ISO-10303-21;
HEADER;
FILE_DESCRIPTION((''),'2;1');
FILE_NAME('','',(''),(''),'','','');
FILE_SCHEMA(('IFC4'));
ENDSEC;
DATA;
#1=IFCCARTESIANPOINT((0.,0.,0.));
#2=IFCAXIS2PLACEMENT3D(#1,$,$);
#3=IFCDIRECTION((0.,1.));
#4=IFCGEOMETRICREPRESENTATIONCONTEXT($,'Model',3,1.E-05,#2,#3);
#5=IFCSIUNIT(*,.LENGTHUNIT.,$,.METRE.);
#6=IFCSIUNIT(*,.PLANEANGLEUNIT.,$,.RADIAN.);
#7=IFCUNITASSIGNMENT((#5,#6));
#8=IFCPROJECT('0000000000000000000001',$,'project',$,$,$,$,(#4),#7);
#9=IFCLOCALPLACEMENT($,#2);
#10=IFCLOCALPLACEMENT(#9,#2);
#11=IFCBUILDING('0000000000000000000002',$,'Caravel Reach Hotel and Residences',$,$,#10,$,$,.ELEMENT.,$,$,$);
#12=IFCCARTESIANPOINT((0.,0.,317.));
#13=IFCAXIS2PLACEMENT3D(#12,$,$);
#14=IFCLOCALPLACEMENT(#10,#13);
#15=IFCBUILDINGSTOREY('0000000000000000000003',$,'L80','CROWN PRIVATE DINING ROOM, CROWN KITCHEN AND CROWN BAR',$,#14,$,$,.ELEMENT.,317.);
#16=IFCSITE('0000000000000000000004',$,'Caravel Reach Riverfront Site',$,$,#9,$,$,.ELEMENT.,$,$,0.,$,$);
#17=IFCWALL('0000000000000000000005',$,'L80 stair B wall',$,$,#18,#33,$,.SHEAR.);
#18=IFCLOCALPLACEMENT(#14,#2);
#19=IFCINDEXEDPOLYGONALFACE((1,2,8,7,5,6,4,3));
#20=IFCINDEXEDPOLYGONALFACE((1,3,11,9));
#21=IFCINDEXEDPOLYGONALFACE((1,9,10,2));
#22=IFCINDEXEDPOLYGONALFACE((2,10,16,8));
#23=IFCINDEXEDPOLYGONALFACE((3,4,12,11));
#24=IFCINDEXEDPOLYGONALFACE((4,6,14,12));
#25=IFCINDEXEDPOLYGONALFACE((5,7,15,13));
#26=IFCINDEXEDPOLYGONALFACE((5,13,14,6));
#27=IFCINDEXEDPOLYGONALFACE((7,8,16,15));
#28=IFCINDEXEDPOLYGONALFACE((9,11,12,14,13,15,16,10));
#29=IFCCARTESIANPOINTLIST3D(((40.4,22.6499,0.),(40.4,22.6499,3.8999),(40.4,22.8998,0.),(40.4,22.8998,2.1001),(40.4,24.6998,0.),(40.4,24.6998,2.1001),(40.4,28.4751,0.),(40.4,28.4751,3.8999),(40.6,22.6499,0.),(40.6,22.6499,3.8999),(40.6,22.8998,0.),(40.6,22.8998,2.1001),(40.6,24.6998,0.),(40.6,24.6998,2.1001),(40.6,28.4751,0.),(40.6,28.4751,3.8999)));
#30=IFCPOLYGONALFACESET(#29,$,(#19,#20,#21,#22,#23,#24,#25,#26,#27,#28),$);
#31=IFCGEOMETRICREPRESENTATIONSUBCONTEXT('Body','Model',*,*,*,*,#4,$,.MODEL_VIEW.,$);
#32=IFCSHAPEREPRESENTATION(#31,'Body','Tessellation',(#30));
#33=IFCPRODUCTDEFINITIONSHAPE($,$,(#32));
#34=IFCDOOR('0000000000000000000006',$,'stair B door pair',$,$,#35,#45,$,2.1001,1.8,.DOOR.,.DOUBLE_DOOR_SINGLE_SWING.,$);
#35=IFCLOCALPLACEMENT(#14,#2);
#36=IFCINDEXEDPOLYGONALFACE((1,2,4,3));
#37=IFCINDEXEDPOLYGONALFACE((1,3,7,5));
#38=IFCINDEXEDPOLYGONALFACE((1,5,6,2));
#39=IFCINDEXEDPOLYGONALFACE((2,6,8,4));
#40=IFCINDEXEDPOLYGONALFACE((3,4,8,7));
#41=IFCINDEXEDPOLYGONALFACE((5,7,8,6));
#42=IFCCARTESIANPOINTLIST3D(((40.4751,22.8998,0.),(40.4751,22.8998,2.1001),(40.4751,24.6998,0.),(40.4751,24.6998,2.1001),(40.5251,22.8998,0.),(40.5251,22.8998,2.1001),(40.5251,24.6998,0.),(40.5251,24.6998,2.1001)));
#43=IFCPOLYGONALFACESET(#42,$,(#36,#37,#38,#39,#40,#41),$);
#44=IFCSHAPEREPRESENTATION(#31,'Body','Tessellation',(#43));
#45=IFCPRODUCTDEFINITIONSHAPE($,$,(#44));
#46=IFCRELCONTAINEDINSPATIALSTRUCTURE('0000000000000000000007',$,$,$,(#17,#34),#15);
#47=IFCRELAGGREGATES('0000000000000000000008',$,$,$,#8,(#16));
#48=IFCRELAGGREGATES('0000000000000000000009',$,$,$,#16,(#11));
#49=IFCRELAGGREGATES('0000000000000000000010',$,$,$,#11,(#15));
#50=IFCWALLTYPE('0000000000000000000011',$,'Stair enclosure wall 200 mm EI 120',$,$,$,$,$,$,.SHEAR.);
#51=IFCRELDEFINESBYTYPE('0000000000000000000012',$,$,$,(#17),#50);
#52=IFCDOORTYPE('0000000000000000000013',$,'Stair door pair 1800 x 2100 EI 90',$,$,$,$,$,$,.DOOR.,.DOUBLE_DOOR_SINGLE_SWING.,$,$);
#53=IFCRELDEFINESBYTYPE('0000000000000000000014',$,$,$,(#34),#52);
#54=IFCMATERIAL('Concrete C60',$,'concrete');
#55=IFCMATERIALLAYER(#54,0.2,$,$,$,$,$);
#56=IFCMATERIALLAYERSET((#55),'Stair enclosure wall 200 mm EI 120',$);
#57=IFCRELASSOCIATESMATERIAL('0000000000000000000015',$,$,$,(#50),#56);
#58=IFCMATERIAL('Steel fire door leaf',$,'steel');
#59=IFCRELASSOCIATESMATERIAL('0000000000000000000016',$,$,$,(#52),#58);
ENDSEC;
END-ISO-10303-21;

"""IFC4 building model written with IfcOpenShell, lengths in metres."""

from ifc_helpers import new_model, si_unit, direction, frame, frame_2d, origin, place, context, subcontext, project, spatial, rectangle, extrude, material, layer, layer_set, type_object, element, fill, save


model = new_model("IFC4")

# Units and contexts
model_context = context("Model", 3, precision=1e-05, world=origin(), true_north=direction((0.0, 1.0)))
body_context = subcontext(model_context, "Body", "Model", "MODEL_VIEW")
ifc_project = project(units=[si_unit("LENGTHUNIT", "METRE"), si_unit("PLANEANGLEUNIT", "RADIAN")], contexts=[model_context])

# Site, building, storey
site_placement = place(None, origin())
site = spatial("IfcSite", under=ifc_project, at=site_placement, Name="Caravel Reach Riverfront Site", CompositionType="ELEMENT", RefElevation=0.0)
building_placement = place(site_placement, origin())
building = spatial("IfcBuilding", under=site, at=building_placement, Name="Caravel Reach Hotel and Residences", CompositionType="ELEMENT")
storey_placement = place(building_placement, frame((0.0, 0.0, 317.0)))
storey = spatial("IfcBuildingStorey", under=building, at=storey_placement, Name="L80", Description="CROWN PRIVATE DINING ROOM, CROWN KITCHEN AND CROWN BAR", CompositionType="ELEMENT", Elevation=317.0)

# Wall, opening, door
ifc_material_1 = material(Name="Concrete C60", Category="concrete")
ifc_layer_1 = layer(ifc_material_1, 0.2)
ifc_layer_set_1 = layer_set([ifc_layer_1], Name="Stair enclosure wall 200 mm EI 120")
wall_type_1 = type_object("IfcWallType", Name="Stair enclosure wall 200 mm EI 120", PredefinedType="SHEAR", material=ifc_layer_set_1)
wall_1_placement = place(storey_placement, frame((40.5, 22.6499, 0.0), z_axis=(0.0, 0.0, 1.0), x_axis=(0.0, 1.0, 0.0)))
wall_1 = element("IfcWall", 1, at=wall_1_placement, inside=storey, type_object=wall_type_1, Name="L80 stair B wall", PredefinedType="SHEAR", context=body_context, shape_type="SweptSolid", body=[
    extrude(rectangle(XDim=5.8252, YDim=0.2, at=frame_2d((2.9126, 0.0))), origin(), (0.0, 0.0, 1.0), 3.8999),
])
opening_1_placement = place(wall_1_placement, frame((0.25, 0.0, 0.0)))
opening_1 = element("IfcOpeningElement", 2, at=opening_1_placement, cuts=wall_1, PredefinedType="OPENING", context=body_context, shape_type="SweptSolid", body=[
    extrude(rectangle(XDim=1.8, YDim=2.1001, at=frame_2d((0.8999, 1.05))), frame((0.0, 0.1099, 0.0), z_axis=(0.0, -1.0, 0.0), x_axis=(1.0, 0.0, 0.0)), (0.0, 0.0, 1.0), 0.22),
])
ifc_material_2 = material(Name="Steel fire door leaf", Category="steel")
door_type_1 = type_object("IfcDoorType", Name="Stair door pair 1800 x 2100 EI 90", OperationType="DOUBLE_DOOR_SINGLE_SWING", PredefinedType="DOOR", material=ifc_material_2)
door_1_placement = place(opening_1_placement, origin())
door_1 = element("IfcDoor", 3, at=door_1_placement, inside=storey, type_object=door_type_1, Name="stair B door pair", OperationType="DOUBLE_DOOR_SINGLE_SWING", OverallHeight=2.1001, OverallWidth=1.8, PredefinedType="DOOR", context=body_context, shape_type="SweptSolid", body=[
    extrude(rectangle(XDim=1.8, YDim=2.1001, at=frame_2d((0.8999, 1.05))), frame((0.0, 0.0249, 0.0), z_axis=(0.0, -1.0, 0.0), x_axis=(1.0, 0.0, 0.0)), (0.0, 0.0, 1.0), 0.05),
])
fill(opening_1, door_1)

save(model, "model.ifc")
